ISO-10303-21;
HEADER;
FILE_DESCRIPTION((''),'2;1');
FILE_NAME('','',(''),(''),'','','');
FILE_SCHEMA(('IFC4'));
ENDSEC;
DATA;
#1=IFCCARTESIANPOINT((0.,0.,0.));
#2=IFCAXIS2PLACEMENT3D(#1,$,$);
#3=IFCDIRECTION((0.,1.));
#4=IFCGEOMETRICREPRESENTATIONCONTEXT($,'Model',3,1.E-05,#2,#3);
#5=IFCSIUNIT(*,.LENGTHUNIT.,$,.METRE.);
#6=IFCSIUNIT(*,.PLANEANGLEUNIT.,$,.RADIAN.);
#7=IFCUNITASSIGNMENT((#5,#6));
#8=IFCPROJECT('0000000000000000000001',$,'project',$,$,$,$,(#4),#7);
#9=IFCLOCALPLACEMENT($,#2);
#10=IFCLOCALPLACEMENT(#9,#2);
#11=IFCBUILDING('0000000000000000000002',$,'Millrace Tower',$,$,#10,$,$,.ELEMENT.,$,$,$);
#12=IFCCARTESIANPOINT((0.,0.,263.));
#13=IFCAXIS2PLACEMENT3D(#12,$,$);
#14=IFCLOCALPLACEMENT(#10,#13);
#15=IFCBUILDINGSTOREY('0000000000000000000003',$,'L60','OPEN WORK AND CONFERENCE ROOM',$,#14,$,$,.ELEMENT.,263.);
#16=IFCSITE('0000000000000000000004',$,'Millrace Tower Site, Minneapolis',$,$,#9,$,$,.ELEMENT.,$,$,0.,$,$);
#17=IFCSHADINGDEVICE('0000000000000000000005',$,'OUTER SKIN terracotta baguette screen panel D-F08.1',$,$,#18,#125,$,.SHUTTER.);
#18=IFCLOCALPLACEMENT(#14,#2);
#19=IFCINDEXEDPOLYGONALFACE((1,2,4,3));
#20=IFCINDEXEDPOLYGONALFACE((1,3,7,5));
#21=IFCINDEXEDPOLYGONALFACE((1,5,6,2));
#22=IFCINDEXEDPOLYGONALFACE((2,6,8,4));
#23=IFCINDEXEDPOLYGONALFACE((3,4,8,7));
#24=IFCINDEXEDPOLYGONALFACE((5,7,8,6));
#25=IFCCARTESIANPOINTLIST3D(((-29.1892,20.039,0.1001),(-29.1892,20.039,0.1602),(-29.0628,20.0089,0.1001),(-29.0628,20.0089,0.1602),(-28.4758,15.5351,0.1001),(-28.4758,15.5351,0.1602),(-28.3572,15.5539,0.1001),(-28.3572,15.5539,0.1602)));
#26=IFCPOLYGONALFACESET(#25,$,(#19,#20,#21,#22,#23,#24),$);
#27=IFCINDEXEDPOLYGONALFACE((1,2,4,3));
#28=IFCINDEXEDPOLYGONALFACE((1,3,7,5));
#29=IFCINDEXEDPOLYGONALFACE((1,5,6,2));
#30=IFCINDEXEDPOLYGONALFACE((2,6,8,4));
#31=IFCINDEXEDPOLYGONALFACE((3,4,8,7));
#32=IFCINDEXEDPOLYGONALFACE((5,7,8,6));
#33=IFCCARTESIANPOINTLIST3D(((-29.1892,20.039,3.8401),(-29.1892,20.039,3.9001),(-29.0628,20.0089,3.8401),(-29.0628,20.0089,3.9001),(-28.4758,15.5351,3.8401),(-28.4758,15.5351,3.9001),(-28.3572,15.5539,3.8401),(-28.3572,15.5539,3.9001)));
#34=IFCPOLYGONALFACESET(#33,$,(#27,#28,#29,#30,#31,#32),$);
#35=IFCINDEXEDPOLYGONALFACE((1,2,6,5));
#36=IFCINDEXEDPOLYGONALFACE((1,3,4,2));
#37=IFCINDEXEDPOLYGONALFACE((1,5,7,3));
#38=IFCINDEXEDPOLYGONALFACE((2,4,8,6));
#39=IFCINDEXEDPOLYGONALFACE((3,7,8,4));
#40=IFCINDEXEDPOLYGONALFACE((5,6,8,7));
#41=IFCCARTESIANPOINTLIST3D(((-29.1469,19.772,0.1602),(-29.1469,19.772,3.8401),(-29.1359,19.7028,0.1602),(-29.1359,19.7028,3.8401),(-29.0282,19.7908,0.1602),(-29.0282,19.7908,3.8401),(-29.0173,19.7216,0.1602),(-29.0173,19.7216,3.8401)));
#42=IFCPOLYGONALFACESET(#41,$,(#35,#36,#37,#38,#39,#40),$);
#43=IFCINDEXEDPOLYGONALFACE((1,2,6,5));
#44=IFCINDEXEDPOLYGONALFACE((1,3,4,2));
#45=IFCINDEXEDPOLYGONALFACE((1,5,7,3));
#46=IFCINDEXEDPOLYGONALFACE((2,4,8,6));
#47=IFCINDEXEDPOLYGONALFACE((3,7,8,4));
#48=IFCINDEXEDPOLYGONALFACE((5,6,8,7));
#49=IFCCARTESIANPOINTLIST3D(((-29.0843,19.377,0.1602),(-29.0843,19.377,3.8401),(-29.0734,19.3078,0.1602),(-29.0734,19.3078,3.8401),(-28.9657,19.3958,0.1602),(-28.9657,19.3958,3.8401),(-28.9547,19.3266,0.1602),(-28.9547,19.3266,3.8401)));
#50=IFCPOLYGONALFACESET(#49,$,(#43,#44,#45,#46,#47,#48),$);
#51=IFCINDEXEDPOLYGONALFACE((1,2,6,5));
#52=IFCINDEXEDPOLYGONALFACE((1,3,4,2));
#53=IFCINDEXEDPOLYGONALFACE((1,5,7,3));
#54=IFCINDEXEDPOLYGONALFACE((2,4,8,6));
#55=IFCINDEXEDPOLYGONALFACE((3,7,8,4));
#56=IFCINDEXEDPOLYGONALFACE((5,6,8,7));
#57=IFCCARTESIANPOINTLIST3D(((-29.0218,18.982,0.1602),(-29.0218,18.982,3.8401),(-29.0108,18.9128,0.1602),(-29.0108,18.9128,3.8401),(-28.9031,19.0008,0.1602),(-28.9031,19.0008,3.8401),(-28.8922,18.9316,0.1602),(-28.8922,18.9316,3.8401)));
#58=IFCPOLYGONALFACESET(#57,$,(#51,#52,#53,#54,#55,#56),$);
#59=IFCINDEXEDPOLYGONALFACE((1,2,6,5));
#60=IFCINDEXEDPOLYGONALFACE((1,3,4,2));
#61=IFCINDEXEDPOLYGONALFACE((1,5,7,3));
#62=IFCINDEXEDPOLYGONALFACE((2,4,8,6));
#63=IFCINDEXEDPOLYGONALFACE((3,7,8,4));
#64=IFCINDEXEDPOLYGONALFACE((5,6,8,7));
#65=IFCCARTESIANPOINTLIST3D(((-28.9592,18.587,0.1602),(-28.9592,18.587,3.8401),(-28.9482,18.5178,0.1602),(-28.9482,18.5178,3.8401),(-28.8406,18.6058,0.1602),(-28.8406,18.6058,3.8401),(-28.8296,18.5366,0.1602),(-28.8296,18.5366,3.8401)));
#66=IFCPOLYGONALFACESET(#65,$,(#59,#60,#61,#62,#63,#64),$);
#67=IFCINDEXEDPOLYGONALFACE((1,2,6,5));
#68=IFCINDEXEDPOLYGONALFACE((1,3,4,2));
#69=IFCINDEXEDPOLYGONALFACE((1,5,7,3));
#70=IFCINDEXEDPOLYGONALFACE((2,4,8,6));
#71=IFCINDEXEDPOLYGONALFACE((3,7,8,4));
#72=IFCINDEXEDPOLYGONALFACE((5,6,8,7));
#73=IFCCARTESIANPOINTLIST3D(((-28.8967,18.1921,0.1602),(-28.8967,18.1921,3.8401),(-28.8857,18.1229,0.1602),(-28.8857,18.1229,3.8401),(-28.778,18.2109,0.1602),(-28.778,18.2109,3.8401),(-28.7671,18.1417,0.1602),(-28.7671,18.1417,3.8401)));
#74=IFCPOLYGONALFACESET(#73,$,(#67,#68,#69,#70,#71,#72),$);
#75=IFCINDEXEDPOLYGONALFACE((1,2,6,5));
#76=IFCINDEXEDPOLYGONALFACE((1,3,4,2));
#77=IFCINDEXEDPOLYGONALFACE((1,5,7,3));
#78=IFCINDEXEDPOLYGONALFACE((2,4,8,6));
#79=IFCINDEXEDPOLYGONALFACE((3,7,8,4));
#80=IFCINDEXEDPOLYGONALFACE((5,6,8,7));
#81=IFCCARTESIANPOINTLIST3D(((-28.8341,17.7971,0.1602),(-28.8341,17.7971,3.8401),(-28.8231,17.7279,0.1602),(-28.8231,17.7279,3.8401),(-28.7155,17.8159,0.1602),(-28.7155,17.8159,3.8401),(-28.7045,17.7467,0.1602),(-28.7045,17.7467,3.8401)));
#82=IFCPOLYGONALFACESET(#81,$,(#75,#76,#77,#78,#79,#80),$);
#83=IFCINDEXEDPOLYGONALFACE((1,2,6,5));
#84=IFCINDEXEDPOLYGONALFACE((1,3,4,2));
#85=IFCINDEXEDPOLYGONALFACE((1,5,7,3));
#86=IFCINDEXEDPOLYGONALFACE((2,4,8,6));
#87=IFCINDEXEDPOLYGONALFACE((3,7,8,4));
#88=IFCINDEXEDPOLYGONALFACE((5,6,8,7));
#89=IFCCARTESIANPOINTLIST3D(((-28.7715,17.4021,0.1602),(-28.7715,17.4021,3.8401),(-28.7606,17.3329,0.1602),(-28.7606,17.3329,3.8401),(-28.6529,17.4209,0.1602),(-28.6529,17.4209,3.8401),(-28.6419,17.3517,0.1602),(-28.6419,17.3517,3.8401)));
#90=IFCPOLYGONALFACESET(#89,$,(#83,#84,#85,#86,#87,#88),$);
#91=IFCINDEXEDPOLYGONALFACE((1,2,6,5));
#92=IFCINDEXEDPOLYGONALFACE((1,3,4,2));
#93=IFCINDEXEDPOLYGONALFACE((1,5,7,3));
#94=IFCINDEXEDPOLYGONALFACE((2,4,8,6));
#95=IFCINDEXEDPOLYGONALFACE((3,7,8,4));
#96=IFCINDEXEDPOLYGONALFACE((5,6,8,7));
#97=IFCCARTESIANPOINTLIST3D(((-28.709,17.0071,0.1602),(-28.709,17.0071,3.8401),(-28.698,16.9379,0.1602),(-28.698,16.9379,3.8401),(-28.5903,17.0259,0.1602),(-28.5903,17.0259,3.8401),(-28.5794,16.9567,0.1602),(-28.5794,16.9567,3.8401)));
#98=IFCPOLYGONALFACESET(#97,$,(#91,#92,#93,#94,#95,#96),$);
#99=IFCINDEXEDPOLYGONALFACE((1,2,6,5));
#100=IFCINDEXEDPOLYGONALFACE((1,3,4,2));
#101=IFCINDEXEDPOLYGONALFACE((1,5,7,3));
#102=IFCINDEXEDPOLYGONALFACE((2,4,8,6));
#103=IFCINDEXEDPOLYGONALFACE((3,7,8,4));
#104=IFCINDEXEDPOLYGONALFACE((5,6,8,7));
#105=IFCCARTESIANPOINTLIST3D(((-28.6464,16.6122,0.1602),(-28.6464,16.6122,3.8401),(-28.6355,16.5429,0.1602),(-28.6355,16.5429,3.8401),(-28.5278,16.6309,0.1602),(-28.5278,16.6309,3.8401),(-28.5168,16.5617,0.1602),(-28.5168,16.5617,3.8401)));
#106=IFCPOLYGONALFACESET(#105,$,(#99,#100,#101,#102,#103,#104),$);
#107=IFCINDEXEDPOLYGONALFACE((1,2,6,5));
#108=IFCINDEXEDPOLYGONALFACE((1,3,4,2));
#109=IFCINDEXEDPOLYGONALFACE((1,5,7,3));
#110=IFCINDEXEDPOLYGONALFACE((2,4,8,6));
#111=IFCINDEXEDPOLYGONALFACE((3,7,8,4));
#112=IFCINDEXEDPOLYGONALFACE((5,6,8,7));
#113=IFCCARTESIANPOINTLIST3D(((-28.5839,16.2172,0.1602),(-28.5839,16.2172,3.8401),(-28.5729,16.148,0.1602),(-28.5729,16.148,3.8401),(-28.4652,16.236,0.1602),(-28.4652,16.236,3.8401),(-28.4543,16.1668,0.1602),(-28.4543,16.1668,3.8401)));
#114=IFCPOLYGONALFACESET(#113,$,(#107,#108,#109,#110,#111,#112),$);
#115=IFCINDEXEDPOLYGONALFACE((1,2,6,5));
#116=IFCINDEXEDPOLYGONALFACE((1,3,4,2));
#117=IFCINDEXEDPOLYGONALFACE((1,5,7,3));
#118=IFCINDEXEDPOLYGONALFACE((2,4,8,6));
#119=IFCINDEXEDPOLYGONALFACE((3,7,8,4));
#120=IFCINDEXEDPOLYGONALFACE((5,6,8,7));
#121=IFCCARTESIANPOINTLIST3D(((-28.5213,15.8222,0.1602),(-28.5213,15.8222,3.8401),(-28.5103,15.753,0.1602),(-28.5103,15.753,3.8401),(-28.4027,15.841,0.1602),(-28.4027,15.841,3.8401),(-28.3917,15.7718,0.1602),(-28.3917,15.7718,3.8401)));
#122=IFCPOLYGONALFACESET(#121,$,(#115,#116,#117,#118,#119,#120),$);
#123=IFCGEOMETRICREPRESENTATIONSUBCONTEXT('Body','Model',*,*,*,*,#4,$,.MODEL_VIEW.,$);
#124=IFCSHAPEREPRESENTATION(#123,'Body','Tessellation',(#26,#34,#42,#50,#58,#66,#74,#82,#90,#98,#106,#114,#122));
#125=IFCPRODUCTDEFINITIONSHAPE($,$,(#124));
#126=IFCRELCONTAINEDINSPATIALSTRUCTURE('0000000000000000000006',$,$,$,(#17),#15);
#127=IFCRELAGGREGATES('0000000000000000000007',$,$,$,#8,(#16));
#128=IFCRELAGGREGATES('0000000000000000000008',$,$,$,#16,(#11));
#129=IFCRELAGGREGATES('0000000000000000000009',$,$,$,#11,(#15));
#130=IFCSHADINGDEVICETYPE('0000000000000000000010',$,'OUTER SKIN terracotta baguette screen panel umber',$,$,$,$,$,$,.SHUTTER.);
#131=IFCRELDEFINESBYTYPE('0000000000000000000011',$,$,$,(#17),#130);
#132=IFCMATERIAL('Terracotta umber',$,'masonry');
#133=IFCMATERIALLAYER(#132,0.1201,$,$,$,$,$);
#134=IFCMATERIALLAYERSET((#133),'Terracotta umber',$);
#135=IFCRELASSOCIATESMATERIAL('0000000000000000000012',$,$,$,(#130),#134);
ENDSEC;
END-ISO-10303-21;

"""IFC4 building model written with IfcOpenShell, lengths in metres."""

from ifc_helpers import new_model, entity, si_unit, direction, frame, frame_2d, origin, place, context, subcontext, project, spatial, rectangle, extrude, source, transform, mapped, material, layer, layer_set, type_object, element, save


model = new_model("IFC4")

# Units and contexts
model_context = context("Model", 3, precision=1e-05, world=origin(), true_north=direction((0.0, 1.0)))
body_context = subcontext(model_context, "Body", "Model", "MODEL_VIEW")
ifc_project = project(units=[si_unit("LENGTHUNIT", "METRE"), si_unit("PLANEANGLEUNIT", "RADIAN")], contexts=[model_context])

# Site, building, storey
site_placement = place(None, origin())
site = spatial("IfcSite", under=ifc_project, at=site_placement, Name="Millrace Tower Site, Minneapolis", CompositionType="ELEMENT", RefElevation=0.0)
building_placement = place(site_placement, origin())
building = spatial("IfcBuilding", under=site, at=building_placement, Name="Millrace Tower", CompositionType="ELEMENT")
storey_placement = place(building_placement, frame((0.0, 0.0, 263.0)))
storey = spatial("IfcBuildingStorey", under=building, at=storey_placement, Name="L60", Description="OPEN WORK AND CONFERENCE ROOM", CompositionType="ELEMENT", Elevation=263.0)

# Shading device
ifc_material_1 = material(Name="Terracotta umber", Category="masonry")
ifc_layer_1 = layer(ifc_material_1, 0.1201)
ifc_layer_set_1 = layer_set([ifc_layer_1], Name="Terracotta umber")
shading_device_type = type_object("IfcShadingDeviceType", Name="OUTER SKIN terracotta baguette screen panel umber", PredefinedType="SHUTTER", material=ifc_layer_set_1)
cartesian_point_1 = entity("IfcCartesianPoint", [-2.2429, 0.0601])
shared_polyline_1 = entity("IfcPolyline", [cartesian_point_1, entity("IfcCartesianPoint", [2.2676, 0.0601]), entity("IfcCartesianPoint", [2.2676, -0.0601]), entity("IfcCartesianPoint", [-2.2925, -0.0601]), cartesian_point_1])
shared_shape_1 = source(origin(), body_context, "Body", "SweptSolid", [
    entity("IfcExtrudedAreaSolid", entity("IfcArbitraryClosedProfileDef", "AREA", None, shared_polyline_1), entity("IfcAxis2Placement3D", entity("IfcCartesianPoint", [0.0, 0.0, 0.0])), entity("IfcDirection", [0.0, 0.0, 1.0]), 0.0601),
    entity("IfcExtrudedAreaSolid", entity("IfcArbitraryClosedProfileDef", "AREA", None, shared_polyline_1), entity("IfcAxis2Placement3D", entity("IfcCartesianPoint", [0.0, 0.0, 3.74])), entity("IfcDirection", [0.0, 0.0, 1.0]), 0.0601),
    extrude(rectangle(XDim=0.0701, YDim=0.1201, at=frame_2d((-1.9871, 0.0))), frame((0.0, 0.0, 0.0601)), (0.0, 0.0, 1.0), 3.6799),
    extrude(rectangle(XDim=0.0701, YDim=0.1201, at=frame_2d((-1.5872, 0.0))), frame((0.0, 0.0, 0.0601)), (0.0, 0.0, 1.0), 3.6799),
    extrude(rectangle(XDim=0.0701, YDim=0.1201, at=frame_2d((-1.1873, 0.0))), frame((0.0, 0.0, 0.0601)), (0.0, 0.0, 1.0), 3.6799),
    extrude(rectangle(XDim=0.0701, YDim=0.1201, at=frame_2d((-0.7874, 0.0))), frame((0.0, 0.0, 0.0601)), (0.0, 0.0, 1.0), 3.6799),
    extrude(rectangle(XDim=0.0701, YDim=0.1201, at=frame_2d((-0.3875, 0.0))), frame((0.0, 0.0, 0.0601)), (0.0, 0.0, 1.0), 3.6799),
    extrude(rectangle(XDim=0.0701, YDim=0.1201, at=frame_2d((0.0125, 0.0))), frame((0.0, 0.0, 0.0601)), (0.0, 0.0, 1.0), 3.6799),
    extrude(rectangle(XDim=0.0701, YDim=0.1201, at=frame_2d((0.4124, 0.0))), frame((0.0, 0.0, 0.0601)), (0.0, 0.0, 1.0), 3.6799),
    extrude(rectangle(XDim=0.0701, YDim=0.1201, at=frame_2d((0.8123, 0.0))), frame((0.0, 0.0, 0.0601)), (0.0, 0.0, 1.0), 3.6799),
    extrude(rectangle(XDim=0.0701, YDim=0.1201, at=frame_2d((1.2122, 0.0))), frame((0.0, 0.0, 0.0601)), (0.0, 0.0, 1.0), 3.6799),
    extrude(rectangle(XDim=0.0701, YDim=0.1201, at=frame_2d((1.6121, 0.0))), frame((0.0, 0.0, 0.0601)), (0.0, 0.0, 1.0), 3.6799),
    extrude(rectangle(XDim=0.0701, YDim=0.1201, at=frame_2d((2.012, 0.0))), frame((0.0, 0.0, 0.0601)), (0.0, 0.0, 1.0), 3.6799),
])
shading_device_1_placement = place(storey_placement, frame((-28.7712, 17.7842, 0.1001), z_axis=(0.0, 0.0, 1.0), x_axis=(0.156434, -0.987688, 0.0)))
element("IfcShadingDevice", 1, at=shading_device_1_placement, inside=storey, type_object=shading_device_type, Name="OUTER SKIN terracotta baguette screen panel D-F08.1", PredefinedType="SHUTTER", context=body_context, shape_type="MappedRepresentation", body=[
    mapped(shared_shape_1, transform((0.0, 0.0, 0.0), scale=1.0)),
])

save(model, "model.ifc")
